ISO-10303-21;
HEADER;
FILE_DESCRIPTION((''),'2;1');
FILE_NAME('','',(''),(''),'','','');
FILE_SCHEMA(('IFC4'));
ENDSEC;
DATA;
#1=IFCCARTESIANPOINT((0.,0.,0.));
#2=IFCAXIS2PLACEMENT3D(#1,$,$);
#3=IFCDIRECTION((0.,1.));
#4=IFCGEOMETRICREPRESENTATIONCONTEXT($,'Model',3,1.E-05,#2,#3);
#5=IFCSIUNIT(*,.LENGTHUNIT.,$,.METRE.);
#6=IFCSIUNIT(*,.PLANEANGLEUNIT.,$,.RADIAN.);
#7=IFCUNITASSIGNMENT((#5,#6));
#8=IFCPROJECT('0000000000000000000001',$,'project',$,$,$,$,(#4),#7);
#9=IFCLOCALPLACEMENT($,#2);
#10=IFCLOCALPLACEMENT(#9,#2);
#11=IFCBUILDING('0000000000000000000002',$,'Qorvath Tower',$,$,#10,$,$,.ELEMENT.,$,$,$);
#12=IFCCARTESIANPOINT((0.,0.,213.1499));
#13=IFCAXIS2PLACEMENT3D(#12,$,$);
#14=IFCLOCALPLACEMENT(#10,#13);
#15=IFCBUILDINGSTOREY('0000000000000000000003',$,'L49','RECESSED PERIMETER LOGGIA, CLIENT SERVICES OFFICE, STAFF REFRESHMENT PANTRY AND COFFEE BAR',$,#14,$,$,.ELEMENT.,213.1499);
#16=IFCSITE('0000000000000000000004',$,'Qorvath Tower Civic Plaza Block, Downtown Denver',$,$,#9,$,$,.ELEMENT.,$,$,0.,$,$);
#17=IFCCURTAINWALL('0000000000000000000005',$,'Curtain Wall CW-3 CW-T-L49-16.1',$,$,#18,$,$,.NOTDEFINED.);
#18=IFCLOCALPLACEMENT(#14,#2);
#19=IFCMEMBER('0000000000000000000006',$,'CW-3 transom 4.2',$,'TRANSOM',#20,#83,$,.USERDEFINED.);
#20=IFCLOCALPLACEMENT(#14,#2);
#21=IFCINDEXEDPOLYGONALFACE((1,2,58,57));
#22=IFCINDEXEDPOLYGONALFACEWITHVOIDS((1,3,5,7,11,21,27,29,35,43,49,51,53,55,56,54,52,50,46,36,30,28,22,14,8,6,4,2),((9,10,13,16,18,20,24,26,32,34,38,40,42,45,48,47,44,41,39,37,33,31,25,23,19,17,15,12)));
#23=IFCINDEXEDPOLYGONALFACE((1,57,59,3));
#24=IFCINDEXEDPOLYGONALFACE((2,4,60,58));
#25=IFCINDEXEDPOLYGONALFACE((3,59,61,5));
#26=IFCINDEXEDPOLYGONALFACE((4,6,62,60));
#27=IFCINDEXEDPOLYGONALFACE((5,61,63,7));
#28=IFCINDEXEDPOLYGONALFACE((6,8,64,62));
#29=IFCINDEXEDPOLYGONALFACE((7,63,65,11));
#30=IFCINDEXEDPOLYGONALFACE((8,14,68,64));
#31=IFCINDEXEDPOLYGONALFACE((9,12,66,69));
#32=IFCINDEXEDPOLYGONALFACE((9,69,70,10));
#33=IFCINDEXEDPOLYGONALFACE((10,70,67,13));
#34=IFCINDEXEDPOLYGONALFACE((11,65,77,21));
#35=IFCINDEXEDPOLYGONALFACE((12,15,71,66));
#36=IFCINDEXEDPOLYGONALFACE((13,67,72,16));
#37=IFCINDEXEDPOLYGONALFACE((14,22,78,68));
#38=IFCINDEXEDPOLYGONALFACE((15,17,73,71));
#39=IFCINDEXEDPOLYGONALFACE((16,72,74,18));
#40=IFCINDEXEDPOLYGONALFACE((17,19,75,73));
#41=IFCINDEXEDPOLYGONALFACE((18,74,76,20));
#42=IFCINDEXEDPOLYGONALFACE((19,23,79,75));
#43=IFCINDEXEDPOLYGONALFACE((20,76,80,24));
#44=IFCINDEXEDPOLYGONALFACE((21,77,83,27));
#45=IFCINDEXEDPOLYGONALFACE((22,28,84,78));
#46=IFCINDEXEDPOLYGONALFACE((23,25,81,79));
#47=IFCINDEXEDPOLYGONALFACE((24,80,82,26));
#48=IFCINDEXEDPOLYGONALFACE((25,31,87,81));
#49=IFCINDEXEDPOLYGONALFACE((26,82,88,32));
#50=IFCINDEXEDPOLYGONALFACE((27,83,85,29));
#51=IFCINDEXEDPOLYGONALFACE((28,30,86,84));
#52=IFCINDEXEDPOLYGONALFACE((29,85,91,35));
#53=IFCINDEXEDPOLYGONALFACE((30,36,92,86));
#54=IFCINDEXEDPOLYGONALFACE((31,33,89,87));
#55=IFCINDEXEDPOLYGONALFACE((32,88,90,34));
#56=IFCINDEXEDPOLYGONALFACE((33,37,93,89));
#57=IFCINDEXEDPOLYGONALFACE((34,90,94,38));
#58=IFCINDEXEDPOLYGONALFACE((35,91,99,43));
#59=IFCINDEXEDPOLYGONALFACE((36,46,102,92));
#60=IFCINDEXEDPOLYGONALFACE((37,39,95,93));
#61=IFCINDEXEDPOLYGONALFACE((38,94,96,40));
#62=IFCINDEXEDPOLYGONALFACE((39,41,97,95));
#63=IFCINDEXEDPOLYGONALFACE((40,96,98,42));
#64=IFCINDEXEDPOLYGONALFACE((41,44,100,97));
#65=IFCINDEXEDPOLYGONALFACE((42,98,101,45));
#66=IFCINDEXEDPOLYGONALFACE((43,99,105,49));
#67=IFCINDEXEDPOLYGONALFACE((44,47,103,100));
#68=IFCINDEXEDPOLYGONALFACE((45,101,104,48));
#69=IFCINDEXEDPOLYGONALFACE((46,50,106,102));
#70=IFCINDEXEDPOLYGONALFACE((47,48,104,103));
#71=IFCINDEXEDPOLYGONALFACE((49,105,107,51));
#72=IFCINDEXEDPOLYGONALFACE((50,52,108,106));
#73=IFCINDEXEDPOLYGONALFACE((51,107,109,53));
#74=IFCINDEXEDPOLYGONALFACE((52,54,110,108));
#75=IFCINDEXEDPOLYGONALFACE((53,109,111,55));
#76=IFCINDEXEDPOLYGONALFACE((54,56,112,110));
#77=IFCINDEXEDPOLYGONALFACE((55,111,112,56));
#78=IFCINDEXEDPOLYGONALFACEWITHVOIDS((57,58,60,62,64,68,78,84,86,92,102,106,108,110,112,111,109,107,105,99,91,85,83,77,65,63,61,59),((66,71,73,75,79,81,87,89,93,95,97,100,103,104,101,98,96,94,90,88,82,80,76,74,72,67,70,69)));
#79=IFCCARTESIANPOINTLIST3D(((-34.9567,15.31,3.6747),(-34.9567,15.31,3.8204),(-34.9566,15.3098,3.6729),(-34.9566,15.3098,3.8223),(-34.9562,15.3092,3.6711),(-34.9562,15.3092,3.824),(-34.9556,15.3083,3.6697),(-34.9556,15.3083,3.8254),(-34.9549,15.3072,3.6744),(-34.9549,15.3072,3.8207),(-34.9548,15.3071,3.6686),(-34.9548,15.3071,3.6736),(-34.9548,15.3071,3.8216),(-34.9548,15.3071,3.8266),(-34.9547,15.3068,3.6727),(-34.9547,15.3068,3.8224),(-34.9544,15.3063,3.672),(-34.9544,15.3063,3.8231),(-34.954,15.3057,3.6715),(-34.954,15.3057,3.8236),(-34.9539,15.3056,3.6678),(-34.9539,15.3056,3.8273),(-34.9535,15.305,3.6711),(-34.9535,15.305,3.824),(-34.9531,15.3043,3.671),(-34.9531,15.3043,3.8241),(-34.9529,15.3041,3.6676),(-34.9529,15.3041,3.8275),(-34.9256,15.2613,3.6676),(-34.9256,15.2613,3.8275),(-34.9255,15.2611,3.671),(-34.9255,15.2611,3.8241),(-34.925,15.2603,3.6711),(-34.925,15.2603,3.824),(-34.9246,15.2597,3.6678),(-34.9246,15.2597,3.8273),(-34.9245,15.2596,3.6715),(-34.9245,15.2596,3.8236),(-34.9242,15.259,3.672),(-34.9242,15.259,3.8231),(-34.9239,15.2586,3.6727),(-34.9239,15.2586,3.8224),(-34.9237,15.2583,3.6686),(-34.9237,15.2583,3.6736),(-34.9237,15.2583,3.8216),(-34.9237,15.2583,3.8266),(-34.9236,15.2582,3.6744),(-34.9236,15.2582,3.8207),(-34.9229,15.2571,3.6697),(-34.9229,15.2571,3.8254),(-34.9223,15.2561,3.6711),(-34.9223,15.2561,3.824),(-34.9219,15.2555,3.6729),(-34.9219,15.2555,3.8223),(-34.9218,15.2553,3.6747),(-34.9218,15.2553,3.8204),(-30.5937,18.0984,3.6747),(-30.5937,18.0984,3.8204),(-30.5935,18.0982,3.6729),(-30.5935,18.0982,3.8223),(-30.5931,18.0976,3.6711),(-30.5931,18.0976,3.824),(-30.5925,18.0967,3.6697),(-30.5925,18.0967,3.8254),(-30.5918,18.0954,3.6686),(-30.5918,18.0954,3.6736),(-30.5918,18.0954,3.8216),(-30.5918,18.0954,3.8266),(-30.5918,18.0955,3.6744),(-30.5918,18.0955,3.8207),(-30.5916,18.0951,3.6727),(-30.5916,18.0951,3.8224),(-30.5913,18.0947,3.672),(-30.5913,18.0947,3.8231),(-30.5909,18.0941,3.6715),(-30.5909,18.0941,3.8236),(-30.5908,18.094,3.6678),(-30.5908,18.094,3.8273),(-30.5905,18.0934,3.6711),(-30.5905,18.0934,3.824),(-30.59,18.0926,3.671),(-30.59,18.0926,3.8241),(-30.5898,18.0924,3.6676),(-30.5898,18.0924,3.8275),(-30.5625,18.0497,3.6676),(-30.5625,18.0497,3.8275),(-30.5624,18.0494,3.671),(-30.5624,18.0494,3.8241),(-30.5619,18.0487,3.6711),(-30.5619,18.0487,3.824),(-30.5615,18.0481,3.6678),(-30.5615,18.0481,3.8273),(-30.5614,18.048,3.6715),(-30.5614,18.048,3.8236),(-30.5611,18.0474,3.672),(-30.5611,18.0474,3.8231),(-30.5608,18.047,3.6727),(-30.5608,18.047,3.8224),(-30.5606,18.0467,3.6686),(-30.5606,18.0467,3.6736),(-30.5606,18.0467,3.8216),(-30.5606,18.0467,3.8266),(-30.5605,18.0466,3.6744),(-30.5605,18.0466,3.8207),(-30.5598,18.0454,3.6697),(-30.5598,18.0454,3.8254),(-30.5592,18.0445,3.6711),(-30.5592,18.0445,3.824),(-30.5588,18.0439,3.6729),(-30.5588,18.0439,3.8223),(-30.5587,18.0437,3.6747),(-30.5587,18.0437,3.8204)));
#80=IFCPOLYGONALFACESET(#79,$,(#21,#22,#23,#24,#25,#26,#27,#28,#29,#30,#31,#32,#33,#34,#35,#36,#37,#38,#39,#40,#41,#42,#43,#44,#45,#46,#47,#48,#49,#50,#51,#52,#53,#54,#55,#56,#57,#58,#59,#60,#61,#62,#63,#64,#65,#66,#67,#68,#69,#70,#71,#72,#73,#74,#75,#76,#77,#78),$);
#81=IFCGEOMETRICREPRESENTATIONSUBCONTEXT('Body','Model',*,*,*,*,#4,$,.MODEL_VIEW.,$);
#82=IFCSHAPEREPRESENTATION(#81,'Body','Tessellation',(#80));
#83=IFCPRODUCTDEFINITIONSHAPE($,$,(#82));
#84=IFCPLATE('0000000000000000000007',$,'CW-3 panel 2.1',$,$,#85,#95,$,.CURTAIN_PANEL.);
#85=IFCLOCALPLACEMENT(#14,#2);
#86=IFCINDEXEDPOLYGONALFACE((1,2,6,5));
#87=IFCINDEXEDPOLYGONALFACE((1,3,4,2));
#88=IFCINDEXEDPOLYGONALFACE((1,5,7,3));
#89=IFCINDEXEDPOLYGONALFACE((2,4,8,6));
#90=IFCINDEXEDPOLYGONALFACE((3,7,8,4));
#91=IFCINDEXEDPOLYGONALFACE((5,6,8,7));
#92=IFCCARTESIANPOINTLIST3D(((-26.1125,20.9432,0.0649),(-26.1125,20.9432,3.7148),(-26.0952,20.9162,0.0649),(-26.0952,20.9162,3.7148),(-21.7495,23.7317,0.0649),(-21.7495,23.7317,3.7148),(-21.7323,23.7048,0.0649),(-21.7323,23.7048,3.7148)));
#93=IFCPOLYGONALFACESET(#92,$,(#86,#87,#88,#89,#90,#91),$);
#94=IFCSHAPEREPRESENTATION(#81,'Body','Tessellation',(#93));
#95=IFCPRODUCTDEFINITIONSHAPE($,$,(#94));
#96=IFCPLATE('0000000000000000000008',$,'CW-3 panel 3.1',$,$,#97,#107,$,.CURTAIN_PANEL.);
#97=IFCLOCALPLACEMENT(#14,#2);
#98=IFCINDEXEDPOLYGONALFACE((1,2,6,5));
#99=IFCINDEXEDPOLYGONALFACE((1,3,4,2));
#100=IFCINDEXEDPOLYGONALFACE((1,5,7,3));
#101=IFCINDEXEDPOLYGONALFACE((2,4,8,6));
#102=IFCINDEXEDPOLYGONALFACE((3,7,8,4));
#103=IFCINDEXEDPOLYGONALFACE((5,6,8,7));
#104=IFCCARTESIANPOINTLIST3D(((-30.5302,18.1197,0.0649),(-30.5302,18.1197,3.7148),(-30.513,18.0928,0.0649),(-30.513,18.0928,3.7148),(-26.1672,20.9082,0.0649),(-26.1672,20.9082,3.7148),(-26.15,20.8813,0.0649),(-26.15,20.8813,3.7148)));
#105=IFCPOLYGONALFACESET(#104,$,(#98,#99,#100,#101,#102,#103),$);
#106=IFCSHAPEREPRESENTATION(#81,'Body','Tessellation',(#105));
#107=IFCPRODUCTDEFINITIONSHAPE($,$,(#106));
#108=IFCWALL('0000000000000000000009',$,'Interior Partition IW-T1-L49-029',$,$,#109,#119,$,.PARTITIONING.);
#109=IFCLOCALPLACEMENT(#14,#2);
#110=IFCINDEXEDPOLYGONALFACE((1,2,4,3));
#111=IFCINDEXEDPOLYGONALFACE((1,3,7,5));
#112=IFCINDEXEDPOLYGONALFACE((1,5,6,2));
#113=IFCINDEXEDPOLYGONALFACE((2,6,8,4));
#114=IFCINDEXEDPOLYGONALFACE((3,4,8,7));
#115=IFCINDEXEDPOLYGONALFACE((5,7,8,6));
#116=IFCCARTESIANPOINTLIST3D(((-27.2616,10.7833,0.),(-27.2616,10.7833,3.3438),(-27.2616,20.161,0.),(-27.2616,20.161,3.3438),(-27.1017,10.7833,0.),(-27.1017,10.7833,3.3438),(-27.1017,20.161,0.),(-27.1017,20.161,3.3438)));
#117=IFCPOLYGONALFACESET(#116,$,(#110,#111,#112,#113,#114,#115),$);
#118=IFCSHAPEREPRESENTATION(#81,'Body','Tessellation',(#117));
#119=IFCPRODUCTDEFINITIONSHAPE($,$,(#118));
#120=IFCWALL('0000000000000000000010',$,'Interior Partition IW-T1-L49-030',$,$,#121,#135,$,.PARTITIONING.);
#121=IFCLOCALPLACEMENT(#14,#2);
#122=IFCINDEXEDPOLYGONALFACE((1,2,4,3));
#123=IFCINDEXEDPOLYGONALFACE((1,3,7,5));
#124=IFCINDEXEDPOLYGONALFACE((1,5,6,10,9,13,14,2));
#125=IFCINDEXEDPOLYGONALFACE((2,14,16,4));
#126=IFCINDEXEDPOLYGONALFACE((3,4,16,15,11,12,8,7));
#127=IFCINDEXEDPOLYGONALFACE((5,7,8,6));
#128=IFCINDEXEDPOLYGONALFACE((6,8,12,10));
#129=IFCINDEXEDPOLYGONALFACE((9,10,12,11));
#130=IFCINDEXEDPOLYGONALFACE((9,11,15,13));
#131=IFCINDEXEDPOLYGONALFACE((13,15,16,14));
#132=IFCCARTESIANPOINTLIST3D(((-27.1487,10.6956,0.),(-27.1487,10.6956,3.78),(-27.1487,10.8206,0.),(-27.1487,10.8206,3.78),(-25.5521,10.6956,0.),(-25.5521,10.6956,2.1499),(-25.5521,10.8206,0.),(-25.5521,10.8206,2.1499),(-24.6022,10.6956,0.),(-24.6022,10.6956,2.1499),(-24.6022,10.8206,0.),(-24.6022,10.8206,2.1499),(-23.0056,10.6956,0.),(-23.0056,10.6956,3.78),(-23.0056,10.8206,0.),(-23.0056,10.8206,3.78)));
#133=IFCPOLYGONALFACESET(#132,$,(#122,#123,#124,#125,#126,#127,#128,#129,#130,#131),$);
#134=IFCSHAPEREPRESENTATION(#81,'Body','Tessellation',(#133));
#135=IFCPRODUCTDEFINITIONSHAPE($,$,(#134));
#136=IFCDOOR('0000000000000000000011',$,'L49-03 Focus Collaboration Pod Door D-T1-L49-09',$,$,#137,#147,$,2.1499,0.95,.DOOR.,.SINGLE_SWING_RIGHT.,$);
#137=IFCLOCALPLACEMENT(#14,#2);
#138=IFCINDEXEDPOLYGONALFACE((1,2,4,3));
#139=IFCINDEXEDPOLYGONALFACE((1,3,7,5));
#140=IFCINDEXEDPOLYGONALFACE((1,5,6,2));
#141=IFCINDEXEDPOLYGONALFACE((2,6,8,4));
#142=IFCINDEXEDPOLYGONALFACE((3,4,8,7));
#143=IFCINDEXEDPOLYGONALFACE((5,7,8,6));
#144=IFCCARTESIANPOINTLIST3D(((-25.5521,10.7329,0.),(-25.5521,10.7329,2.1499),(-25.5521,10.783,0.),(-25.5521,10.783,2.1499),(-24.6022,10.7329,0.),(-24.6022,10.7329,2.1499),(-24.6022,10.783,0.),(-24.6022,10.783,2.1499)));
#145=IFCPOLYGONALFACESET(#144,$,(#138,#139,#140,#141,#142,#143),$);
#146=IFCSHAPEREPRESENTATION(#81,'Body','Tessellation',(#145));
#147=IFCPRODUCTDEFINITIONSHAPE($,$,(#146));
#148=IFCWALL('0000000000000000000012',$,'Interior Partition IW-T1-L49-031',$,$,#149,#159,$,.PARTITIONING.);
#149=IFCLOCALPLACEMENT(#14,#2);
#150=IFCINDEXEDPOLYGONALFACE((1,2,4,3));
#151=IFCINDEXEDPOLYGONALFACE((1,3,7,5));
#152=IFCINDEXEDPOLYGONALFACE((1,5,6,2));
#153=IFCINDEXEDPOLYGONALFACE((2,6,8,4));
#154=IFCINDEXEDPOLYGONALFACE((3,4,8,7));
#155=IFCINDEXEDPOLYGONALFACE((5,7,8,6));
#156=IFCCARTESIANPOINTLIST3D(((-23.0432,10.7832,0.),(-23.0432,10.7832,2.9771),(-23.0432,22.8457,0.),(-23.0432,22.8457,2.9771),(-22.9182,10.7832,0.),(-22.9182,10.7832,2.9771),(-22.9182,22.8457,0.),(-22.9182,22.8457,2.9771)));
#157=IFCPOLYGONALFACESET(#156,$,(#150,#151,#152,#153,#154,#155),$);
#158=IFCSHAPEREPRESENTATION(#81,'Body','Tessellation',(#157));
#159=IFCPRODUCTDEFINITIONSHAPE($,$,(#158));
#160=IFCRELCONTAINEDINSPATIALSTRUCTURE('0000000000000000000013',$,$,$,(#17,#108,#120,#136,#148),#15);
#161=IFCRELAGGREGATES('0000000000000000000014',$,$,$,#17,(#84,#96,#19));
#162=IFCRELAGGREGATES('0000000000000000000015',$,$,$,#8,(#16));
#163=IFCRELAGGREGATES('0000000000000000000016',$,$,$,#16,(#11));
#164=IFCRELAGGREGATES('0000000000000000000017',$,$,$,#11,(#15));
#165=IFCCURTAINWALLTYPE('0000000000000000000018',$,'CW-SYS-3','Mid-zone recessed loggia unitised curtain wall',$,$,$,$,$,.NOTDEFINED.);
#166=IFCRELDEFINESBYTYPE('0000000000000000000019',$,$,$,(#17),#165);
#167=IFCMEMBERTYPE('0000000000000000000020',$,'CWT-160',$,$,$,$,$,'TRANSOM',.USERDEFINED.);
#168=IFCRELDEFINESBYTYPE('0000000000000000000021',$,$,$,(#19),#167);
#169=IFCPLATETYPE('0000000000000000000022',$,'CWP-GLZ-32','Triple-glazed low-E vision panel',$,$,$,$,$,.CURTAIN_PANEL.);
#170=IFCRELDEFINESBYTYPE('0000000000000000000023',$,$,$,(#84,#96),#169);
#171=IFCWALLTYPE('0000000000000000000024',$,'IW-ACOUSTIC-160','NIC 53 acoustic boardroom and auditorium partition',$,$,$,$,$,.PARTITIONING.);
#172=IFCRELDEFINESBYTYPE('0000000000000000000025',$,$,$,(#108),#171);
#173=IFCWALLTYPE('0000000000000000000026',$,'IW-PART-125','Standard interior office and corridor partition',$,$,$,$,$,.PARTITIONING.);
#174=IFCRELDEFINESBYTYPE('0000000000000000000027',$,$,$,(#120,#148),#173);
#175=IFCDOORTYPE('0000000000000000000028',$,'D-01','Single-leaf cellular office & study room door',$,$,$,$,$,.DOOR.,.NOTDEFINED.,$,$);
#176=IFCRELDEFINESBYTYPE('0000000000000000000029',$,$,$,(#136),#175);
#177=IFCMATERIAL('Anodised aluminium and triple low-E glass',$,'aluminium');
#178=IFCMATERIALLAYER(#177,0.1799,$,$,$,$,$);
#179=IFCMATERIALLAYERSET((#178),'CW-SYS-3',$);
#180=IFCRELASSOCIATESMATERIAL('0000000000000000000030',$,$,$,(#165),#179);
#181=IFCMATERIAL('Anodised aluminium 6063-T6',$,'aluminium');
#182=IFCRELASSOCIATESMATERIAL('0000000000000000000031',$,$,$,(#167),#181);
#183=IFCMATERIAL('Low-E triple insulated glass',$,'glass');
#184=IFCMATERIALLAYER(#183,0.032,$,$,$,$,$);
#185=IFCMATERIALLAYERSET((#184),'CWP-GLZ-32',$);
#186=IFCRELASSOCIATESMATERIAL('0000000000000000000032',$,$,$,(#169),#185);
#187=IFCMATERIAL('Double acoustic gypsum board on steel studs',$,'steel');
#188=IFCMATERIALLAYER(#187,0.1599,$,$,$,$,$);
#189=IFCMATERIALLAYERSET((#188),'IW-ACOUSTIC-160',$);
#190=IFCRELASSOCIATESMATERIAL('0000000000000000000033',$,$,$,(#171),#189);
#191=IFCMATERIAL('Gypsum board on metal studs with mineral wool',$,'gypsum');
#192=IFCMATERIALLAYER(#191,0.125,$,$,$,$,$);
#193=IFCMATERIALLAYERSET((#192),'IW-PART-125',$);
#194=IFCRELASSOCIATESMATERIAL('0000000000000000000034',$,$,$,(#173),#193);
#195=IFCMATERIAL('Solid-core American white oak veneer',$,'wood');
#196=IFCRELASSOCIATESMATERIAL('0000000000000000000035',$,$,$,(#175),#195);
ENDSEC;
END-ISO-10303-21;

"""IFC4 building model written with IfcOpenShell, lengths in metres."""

from ifc_helpers import new_model, si_unit, direction, frame, frame_2d, origin, origin_2d, place, context, subcontext, project, spatial, rectangle, hollow_rectangle, extrude, material, layer, layer_set, material_profile, profile_set, type_object, element, fill, aggregate, save


model = new_model("IFC4")

# Units and contexts
model_context = context("Model", 3, precision=1e-05, world=origin(), true_north=direction((0.0, 1.0)))
body_context = subcontext(model_context, "Body", "Model", "MODEL_VIEW")
ifc_project = project(units=[si_unit("LENGTHUNIT", "METRE"), si_unit("PLANEANGLEUNIT", "RADIAN")], contexts=[model_context])

# Site, building, storey
site_placement = place(None, origin())
site = spatial("IfcSite", under=ifc_project, at=site_placement, Name="Qorvath Tower Civic Plaza Block, Downtown Denver", CompositionType="ELEMENT", RefElevation=0.0)
building_placement = place(site_placement, origin())
building = spatial("IfcBuilding", under=site, at=building_placement, Name="Qorvath Tower", CompositionType="ELEMENT")
storey_placement = place(building_placement, frame((0.0, 0.0, 213.1499)))
storey = spatial("IfcBuildingStorey", under=building, at=storey_placement, Name="L49", Description="RECESSED PERIMETER LOGGIA, CLIENT SERVICES OFFICE, STAFF REFRESHMENT PANTRY AND COFFEE BAR", CompositionType="ELEMENT", Elevation=213.1499)

# Curtain wall, member, plates
ifc_material_1 = material(Name="Anodised aluminium and triple low-E glass", Category="aluminium")
ifc_layer_1 = layer(ifc_material_1, 0.1799)
ifc_layer_set_1 = layer_set([ifc_layer_1], Name="CW-SYS-3")
curtain_wall_type = type_object("IfcCurtainWallType", Name="CW-SYS-3", Description="Mid-zone recessed loggia unitised curtain wall", PredefinedType="NOTDEFINED", material=ifc_layer_set_1)
curtain_wall_placement = place(storey_placement, origin())
curtain_wall = element("IfcCurtainWall", 1, at=curtain_wall_placement, inside=storey, type_object=curtain_wall_type, Name="Curtain Wall CW-3 CW-T-L49-16.1", PredefinedType="NOTDEFINED")
ifc_material_2 = material(Name="Anodised aluminium 6063-T6", Category="aluminium")
ifc_material_profile_1 = material_profile(ifc_material_2, hollow_rectangle(XDim=0.0649, YDim=0.1599, WallThickness=0.0034, InnerFilletRadius=0.0034, OuterFilletRadius=0.0071, at=origin_2d()), Name="CWT 160x65")
ifc_profile_set_1 = profile_set([ifc_material_profile_1], Name="Anodised aluminium 6063-T6")
member_type_1 = type_object("IfcMemberType", Name="CWT-160", ElementType="TRANSOM", PredefinedType="USERDEFINED", material=ifc_profile_set_1)
member_1_placement = place(storey_placement, frame((-30.5762, 18.071, 3.7476), z_axis=(-0.842623, -0.538504, 0.0), x_axis=(0.538504, -0.842623, 0.0)))
member_1 = element("IfcMember", 2, at=member_1_placement, type_object=member_type_1, Name="CW-3 transom 4.2", ObjectType="TRANSOM", PredefinedType="USERDEFINED", context=body_context, shape_type="SweptSolid", body=[
    extrude(hollow_rectangle(XDim=0.0649, YDim=0.1599, WallThickness=0.0034, InnerFilletRadius=0.0034, OuterFilletRadius=0.0071, at=origin_2d()), origin(), (0.0, 0.0, 1.0), 5.178),
])
ifc_material_3 = material(Name="Low-E triple insulated glass", Category="glass")
ifc_layer_2 = layer(ifc_material_3, 0.032)
ifc_layer_set_2 = layer_set([ifc_layer_2], Name="CWP-GLZ-32")
plate_type = type_object("IfcPlateType", Name="CWP-GLZ-32", Description="Triple-glazed low-E vision panel", PredefinedType="CURTAIN_PANEL", material=ifc_layer_set_2)
plate_1_placement = place(storey_placement, frame((-23.9224, 22.324, 0.0649), z_axis=(0.0, 0.0, 1.0), x_axis=(-0.842605, -0.538532, 0.0)))
plate_1 = element("IfcPlate", 3, at=plate_1_placement, type_object=plate_type, Name="CW-3 panel 2.1", PredefinedType="CURTAIN_PANEL", context=body_context, shape_type="SweptSolid", body=[
    extrude(rectangle(XDim=5.178, YDim=0.032, at=origin_2d()), origin(), (0.0, 0.0, 1.0), 3.6499),
])
plate_2_placement = place(storey_placement, frame((-28.3401, 19.5005, 0.0649), z_axis=(0.0, 0.0, 1.0), x_axis=(-0.842605, -0.538532, 0.0)))
plate_2 = element("IfcPlate", 4, at=plate_2_placement, type_object=plate_type, Name="CW-3 panel 3.1", PredefinedType="CURTAIN_PANEL", context=body_context, shape_type="SweptSolid", body=[
    extrude(rectangle(XDim=5.178, YDim=0.032, at=origin_2d()), origin(), (0.0, 0.0, 1.0), 3.6499),
])
aggregate(curtain_wall, [plate_1, plate_2, member_1])

# Wall
ifc_material_4 = material(Name="Double acoustic gypsum board on steel studs", Category="steel")
ifc_layer_3 = layer(ifc_material_4, 0.1599)
ifc_layer_set_3 = layer_set([ifc_layer_3], Name="IW-ACOUSTIC-160")
wall_type_1 = type_object("IfcWallType", Name="IW-ACOUSTIC-160", Description="NIC 53 acoustic boardroom and auditorium partition", PredefinedType="PARTITIONING", material=ifc_layer_set_3)
wall_1_placement = place(storey_placement, frame((-27.1816, 10.7832, 0.0), z_axis=(0.0, 0.0, 1.0), x_axis=(0.0, 1.0, 0.0)))
element("IfcWall", 5, at=wall_1_placement, inside=storey, type_object=wall_type_1, Name="Interior Partition IW-T1-L49-029", PredefinedType="PARTITIONING", context=body_context, shape_type="SweptSolid", body=[
    extrude(rectangle(XDim=9.3777, YDim=0.1599, at=frame_2d((4.689, 0.0))), origin(), (0.0, 0.0, 1.0), 3.3438),
])

# Wall, opening, door
ifc_material_5 = material(Name="Gypsum board on metal studs with mineral wool", Category="gypsum")
ifc_layer_4 = layer(ifc_material_5, 0.125)
ifc_layer_set_4 = layer_set([ifc_layer_4], Name="IW-PART-125")
wall_type_2 = type_object("IfcWallType", Name="IW-PART-125", Description="Standard interior office and corridor partition", PredefinedType="PARTITIONING", material=ifc_layer_set_4)
wall_2_placement = place(storey_placement, frame((-27.1487, 10.7581, 0.0), z_axis=(0.0, 0.0, 1.0), x_axis=(1.0, 0.0, 0.0)))
wall_2 = element("IfcWall", 6, at=wall_2_placement, inside=storey, type_object=wall_type_2, Name="Interior Partition IW-T1-L49-030", PredefinedType="PARTITIONING", context=body_context, shape_type="SweptSolid", body=[
    extrude(rectangle(XDim=4.1431, YDim=0.125, at=frame_2d((2.0715, 0.0))), origin(), (0.0, 0.0, 1.0), 3.78),
])
opening_1_placement = place(wall_2_placement, frame((1.5964, 0.0, 0.0)))
opening_1 = element("IfcOpeningElement", 7, at=opening_1_placement, cuts=wall_2, PredefinedType="OPENING", context=body_context, shape_type="SweptSolid", body=[
    extrude(rectangle(XDim=0.95, YDim=2.1499, at=frame_2d((0.4751, 1.075))), frame((0.0, 0.0725, 0.0), z_axis=(0.0, -1.0, 0.0), x_axis=(1.0, 0.0, 0.0)), (0.0, 0.0, 1.0), 0.145),
])
ifc_material_6 = material(Name="Solid-core American white oak veneer", Category="wood")
door_type = type_object("IfcDoorType", Name="D-01", Description="Single-leaf cellular office & study room door", OperationType="NOTDEFINED", PredefinedType="DOOR", material=ifc_material_6)
door_1_placement = place(opening_1_placement, origin())
door_1 = element("IfcDoor", 8, at=door_1_placement, inside=storey, type_object=door_type, Name="L49-03 Focus Collaboration Pod Door D-T1-L49-09", OperationType="SINGLE_SWING_RIGHT", OverallHeight=2.1499, OverallWidth=0.95, PredefinedType="DOOR", context=body_context, shape_type="SweptSolid", body=[
    extrude(rectangle(XDim=0.95, YDim=2.1499, at=frame_2d((0.4751, 1.075))), frame((0.0, 0.0249, 0.0), z_axis=(0.0, -1.0, 0.0), x_axis=(1.0, 0.0, 0.0)), (0.0, 0.0, 1.0), 0.05),
])
fill(opening_1, door_1)

# Wall
wall_3_placement = place(storey_placement, frame((-22.9807, 10.7832, 0.0), z_axis=(0.0, 0.0, 1.0), x_axis=(0.0, 1.0, 0.0)))
element("IfcWall", 9, at=wall_3_placement, inside=storey, type_object=wall_type_2, Name="Interior Partition IW-T1-L49-031", PredefinedType="PARTITIONING", context=body_context, shape_type="SweptSolid", body=[
    extrude(rectangle(XDim=12.0625, YDim=0.125, at=frame_2d((6.0312, 0.0))), origin(), (0.0, 0.0, 1.0), 2.9771),
])

save(model, "model.ifc")
